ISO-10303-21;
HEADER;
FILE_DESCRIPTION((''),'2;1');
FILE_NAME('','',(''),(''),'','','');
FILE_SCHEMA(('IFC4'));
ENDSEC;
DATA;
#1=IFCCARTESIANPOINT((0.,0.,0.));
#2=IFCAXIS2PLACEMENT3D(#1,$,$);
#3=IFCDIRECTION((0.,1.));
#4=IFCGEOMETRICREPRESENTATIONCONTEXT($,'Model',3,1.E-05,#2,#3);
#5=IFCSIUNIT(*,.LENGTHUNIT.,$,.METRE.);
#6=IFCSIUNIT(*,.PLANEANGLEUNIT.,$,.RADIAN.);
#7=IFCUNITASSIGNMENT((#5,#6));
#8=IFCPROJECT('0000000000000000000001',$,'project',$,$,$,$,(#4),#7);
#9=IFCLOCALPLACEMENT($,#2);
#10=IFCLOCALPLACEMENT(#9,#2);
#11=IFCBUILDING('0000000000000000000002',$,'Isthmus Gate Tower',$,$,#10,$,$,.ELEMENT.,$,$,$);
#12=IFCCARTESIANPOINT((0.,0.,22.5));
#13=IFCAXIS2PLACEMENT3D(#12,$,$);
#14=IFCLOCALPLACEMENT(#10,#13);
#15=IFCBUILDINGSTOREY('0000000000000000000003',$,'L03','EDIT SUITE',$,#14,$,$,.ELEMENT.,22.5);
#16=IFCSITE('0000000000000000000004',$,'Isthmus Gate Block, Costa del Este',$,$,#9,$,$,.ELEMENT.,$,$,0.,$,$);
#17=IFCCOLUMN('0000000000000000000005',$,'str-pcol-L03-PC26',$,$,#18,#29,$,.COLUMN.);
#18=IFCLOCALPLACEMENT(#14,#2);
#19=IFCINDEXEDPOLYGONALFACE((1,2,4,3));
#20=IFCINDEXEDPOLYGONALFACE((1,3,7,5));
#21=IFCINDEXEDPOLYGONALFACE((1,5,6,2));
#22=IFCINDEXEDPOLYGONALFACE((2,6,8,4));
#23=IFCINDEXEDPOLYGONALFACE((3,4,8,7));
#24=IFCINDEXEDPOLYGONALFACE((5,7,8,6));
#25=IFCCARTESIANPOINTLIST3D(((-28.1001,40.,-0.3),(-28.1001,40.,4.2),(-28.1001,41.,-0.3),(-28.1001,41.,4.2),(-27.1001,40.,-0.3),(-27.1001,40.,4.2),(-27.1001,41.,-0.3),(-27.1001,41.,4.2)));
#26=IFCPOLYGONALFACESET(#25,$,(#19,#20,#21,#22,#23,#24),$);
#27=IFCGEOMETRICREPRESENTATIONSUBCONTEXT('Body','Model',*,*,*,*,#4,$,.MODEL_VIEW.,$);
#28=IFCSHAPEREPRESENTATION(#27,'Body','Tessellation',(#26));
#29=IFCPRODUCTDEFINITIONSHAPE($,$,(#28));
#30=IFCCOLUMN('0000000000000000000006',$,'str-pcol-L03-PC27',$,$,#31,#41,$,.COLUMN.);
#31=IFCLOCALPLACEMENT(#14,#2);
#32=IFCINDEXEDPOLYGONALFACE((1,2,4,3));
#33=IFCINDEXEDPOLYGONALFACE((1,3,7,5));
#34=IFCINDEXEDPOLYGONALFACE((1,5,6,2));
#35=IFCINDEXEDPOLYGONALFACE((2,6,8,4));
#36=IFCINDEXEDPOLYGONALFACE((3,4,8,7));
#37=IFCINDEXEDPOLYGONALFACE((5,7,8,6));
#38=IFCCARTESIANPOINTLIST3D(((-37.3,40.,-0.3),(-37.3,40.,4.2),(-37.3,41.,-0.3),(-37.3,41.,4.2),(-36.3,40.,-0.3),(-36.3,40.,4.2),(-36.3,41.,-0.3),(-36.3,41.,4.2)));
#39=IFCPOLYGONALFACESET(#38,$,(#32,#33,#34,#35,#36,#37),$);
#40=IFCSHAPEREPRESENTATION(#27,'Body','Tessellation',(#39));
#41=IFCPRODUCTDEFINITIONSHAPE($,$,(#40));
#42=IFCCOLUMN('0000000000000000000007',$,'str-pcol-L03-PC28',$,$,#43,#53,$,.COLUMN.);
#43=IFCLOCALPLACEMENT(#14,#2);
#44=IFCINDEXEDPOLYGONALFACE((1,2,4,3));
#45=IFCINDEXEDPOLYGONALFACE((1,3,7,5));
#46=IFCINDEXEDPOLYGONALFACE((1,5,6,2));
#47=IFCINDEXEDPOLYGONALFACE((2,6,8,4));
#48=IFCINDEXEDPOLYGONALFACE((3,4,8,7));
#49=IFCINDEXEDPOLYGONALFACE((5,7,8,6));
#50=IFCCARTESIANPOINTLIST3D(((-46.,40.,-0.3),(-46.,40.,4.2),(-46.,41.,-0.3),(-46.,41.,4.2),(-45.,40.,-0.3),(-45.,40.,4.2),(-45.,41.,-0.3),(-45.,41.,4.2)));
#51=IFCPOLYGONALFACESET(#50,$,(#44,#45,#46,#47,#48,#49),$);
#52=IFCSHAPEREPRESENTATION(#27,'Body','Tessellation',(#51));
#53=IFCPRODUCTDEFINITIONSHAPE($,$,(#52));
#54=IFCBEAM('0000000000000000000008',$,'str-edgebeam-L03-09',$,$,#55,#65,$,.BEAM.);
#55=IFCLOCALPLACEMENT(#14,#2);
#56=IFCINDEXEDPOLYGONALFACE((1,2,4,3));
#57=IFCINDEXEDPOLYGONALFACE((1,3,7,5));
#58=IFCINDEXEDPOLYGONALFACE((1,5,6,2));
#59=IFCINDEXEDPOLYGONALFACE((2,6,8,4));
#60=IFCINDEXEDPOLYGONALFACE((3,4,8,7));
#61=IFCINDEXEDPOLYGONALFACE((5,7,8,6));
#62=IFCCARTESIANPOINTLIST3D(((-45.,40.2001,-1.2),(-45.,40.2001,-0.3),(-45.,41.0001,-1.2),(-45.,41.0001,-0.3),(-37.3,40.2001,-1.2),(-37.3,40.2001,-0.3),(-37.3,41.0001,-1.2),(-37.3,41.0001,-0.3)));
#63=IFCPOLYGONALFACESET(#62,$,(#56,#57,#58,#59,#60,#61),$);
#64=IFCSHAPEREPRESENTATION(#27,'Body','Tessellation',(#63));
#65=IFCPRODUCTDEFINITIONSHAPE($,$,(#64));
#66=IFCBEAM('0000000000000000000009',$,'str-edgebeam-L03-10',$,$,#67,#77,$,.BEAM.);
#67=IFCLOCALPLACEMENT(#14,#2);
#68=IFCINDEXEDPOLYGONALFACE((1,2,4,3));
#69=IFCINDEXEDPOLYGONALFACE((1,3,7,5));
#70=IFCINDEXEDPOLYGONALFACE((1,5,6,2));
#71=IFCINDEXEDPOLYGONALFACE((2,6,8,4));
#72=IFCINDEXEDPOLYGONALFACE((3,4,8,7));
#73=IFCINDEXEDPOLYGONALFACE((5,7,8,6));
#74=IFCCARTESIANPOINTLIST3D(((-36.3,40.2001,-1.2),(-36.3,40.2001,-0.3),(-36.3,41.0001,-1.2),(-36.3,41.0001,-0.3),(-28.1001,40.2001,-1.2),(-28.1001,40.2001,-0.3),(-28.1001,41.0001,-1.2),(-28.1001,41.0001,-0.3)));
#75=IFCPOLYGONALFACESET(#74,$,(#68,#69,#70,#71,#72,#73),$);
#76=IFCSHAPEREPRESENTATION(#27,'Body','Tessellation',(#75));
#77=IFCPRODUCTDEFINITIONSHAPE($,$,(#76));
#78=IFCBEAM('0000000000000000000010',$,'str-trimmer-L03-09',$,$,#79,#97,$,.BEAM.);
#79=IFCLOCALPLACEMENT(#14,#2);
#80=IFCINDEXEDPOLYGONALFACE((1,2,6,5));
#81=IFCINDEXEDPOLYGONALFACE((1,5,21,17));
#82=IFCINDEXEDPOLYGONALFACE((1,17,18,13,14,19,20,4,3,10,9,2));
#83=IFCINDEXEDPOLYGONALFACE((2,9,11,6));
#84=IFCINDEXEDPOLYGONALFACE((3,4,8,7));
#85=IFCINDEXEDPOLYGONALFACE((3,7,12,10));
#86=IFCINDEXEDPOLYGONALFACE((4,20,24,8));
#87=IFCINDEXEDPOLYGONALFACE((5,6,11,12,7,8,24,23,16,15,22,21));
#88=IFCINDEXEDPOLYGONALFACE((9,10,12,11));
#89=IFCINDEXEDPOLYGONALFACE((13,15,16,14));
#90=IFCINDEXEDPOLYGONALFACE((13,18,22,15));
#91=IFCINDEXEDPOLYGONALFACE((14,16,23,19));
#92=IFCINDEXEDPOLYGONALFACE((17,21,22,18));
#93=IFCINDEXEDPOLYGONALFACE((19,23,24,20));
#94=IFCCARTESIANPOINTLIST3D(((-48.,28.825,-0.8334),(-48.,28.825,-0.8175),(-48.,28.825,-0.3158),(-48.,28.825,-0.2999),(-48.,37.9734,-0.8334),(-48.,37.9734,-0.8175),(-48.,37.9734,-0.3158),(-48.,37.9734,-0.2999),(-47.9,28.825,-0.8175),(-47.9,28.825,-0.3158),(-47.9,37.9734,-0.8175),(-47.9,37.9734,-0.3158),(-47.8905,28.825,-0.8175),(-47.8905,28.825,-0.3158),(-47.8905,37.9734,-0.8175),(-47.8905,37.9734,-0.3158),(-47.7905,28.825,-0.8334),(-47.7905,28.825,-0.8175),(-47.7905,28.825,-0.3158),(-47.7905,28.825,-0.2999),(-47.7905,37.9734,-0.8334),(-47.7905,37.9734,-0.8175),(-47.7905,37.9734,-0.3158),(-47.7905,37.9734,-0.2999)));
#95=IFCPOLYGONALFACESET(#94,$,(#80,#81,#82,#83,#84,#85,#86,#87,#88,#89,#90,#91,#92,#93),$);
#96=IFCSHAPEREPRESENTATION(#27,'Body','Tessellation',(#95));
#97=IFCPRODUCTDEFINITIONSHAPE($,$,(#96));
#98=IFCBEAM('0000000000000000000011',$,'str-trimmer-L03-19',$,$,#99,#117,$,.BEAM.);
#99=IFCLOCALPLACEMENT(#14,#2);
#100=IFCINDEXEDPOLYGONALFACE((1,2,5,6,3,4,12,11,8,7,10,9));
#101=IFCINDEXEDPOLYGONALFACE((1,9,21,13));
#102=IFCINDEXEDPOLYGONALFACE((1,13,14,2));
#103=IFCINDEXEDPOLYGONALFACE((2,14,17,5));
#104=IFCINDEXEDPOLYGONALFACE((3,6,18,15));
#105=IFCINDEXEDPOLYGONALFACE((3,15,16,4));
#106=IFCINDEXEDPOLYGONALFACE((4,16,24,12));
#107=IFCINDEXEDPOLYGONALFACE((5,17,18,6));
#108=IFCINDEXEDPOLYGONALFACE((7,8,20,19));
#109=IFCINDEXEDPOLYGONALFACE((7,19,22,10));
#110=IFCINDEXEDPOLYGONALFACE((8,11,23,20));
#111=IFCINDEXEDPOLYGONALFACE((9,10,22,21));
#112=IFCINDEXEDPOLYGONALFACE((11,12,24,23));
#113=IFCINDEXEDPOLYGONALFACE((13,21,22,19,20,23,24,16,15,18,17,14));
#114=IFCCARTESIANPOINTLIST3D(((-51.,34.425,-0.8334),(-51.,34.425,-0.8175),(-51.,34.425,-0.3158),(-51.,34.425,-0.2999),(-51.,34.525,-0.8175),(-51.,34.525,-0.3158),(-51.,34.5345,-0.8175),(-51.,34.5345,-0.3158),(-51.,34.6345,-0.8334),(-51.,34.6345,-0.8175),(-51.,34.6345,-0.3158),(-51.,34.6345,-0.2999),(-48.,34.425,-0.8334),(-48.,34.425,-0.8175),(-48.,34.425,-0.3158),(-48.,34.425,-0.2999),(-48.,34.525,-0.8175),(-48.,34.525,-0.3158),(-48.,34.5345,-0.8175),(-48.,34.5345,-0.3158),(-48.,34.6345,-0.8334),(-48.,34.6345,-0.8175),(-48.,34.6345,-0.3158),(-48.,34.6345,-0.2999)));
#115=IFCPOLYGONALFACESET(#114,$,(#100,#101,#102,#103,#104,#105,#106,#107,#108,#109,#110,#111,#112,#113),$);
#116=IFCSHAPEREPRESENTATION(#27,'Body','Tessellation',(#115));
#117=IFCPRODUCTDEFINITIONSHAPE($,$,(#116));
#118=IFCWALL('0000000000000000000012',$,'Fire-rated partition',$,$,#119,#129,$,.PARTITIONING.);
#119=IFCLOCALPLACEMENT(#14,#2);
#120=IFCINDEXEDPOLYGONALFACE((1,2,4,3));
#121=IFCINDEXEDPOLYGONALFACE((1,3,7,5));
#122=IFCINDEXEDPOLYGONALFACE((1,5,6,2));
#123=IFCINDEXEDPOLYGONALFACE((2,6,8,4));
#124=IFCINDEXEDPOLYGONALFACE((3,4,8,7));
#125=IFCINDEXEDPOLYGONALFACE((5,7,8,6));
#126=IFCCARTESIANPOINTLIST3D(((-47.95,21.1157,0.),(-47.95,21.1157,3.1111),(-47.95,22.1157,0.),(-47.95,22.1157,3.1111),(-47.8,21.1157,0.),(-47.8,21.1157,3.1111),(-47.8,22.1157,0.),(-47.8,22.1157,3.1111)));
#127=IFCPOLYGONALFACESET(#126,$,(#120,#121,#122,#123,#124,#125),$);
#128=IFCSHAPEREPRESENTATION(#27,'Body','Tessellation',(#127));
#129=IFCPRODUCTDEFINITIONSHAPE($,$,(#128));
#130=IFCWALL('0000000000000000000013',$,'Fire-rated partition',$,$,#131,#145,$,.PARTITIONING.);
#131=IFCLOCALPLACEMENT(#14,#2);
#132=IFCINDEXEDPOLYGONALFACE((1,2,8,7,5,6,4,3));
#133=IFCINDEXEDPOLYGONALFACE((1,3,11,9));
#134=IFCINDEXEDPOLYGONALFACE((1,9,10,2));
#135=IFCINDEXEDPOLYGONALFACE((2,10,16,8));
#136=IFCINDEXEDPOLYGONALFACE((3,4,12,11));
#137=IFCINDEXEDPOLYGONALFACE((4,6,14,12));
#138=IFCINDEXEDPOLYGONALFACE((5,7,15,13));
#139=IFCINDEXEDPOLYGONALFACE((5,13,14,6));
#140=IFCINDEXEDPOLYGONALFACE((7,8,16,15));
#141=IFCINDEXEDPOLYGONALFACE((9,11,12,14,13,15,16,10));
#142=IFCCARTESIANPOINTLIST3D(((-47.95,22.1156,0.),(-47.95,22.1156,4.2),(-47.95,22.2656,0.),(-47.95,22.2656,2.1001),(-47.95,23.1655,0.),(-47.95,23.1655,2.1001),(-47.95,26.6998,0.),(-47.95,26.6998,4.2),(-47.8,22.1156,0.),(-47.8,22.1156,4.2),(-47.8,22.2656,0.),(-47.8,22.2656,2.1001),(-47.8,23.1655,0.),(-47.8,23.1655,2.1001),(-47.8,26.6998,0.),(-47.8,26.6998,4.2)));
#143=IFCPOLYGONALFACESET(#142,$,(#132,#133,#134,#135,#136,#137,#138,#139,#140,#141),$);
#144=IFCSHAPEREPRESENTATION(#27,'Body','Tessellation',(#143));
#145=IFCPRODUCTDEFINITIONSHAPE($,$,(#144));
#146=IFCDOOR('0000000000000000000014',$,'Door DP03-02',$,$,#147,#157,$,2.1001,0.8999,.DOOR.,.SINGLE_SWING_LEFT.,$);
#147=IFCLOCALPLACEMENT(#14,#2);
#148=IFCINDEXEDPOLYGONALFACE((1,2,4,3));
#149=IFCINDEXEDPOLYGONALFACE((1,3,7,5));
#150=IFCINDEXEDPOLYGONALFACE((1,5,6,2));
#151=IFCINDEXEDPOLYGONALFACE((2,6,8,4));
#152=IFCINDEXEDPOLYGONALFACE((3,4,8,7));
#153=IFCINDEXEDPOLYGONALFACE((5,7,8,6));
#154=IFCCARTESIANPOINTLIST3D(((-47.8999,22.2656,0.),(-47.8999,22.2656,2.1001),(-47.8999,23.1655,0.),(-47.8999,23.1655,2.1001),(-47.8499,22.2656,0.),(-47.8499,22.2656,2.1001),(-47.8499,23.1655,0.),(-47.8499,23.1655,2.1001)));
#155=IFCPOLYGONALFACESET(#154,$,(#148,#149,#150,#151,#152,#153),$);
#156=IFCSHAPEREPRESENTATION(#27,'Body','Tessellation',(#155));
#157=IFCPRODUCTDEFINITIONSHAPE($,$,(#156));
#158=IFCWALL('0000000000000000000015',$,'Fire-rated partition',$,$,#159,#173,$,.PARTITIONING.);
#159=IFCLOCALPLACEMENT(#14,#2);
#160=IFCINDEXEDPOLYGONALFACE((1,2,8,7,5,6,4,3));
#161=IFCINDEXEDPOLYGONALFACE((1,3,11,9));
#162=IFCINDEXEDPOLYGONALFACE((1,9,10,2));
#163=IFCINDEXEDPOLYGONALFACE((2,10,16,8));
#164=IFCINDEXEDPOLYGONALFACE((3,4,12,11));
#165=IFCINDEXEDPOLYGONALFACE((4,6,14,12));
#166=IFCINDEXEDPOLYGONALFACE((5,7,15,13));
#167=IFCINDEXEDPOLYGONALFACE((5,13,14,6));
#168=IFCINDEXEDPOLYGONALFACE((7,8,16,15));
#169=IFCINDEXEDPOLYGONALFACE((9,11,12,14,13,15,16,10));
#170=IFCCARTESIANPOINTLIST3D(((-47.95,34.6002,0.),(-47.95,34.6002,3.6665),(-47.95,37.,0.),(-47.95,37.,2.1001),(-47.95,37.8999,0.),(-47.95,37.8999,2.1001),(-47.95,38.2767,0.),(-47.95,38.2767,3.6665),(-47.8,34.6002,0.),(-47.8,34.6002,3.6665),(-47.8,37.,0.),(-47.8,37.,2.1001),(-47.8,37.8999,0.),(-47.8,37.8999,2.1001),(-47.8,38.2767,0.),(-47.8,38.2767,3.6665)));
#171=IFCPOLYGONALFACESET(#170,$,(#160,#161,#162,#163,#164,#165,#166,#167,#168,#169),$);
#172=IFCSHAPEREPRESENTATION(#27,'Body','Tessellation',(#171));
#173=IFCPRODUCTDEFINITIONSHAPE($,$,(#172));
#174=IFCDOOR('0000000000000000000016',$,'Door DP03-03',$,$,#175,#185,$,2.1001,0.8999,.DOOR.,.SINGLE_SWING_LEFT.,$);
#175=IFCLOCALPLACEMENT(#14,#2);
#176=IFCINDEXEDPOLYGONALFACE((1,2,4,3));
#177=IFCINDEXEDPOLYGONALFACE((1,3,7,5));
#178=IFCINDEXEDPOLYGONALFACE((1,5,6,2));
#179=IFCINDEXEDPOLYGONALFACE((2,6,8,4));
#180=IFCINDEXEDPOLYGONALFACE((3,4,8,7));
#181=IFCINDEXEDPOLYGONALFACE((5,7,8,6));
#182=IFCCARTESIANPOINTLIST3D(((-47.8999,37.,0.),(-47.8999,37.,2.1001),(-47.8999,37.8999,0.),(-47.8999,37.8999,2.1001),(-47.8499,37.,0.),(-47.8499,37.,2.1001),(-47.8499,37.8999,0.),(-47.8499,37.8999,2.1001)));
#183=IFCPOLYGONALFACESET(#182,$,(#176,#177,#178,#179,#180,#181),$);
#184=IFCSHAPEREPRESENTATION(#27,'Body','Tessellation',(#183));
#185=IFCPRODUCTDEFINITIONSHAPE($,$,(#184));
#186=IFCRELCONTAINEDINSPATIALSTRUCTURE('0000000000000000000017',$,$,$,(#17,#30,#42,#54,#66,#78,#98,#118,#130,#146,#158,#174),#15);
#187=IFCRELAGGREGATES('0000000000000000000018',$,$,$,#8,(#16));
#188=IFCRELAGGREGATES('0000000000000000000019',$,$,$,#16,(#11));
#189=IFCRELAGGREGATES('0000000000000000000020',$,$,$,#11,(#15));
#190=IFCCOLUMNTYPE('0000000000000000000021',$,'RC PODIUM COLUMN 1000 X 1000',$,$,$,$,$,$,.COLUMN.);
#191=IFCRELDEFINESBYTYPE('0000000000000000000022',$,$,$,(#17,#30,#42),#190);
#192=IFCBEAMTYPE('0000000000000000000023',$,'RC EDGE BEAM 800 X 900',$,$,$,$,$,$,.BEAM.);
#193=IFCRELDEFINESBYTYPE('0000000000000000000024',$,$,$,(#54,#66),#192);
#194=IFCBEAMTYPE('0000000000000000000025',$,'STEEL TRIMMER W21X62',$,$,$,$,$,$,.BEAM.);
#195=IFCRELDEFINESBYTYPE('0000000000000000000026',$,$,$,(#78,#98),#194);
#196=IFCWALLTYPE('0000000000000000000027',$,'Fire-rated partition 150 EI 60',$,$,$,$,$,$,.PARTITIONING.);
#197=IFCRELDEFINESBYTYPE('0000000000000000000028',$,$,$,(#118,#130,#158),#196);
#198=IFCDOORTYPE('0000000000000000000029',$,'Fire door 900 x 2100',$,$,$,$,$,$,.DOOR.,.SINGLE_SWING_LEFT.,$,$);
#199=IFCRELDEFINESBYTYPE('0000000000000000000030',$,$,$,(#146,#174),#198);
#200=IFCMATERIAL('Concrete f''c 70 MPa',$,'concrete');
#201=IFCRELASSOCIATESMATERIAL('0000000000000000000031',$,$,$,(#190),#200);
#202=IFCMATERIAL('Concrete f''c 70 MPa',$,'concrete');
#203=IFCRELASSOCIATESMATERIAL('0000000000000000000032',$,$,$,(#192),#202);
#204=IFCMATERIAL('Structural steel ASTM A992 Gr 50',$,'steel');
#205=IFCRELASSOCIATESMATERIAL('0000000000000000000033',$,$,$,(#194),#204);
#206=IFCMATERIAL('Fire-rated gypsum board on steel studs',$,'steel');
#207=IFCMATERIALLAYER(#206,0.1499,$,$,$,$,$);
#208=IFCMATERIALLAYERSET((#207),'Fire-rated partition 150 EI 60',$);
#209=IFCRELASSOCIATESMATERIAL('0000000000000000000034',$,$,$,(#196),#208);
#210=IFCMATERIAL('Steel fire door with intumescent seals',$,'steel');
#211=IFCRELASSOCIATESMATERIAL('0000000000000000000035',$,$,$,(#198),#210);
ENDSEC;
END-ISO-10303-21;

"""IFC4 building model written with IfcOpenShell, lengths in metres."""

from ifc_helpers import new_model, si_unit, direction, frame, frame_2d, origin, origin_2d, place, context, subcontext, project, spatial, rectangle, i_section, extrude, material, layer, layer_set, material_profile, profile_set, type_object, element, fill, save


model = new_model("IFC4")

# Units and contexts
model_context = context("Model", 3, precision=1e-05, world=origin(), true_north=direction((0.0, 1.0)))
body_context = subcontext(model_context, "Body", "Model", "MODEL_VIEW")
ifc_project = project(units=[si_unit("LENGTHUNIT", "METRE"), si_unit("PLANEANGLEUNIT", "RADIAN")], contexts=[model_context])

# Site, building, storey
site_placement = place(None, origin())
site = spatial("IfcSite", under=ifc_project, at=site_placement, Name="Isthmus Gate Block, Costa del Este", CompositionType="ELEMENT", RefElevation=0.0)
building_placement = place(site_placement, origin())
building = spatial("IfcBuilding", under=site, at=building_placement, Name="Isthmus Gate Tower", CompositionType="ELEMENT")
storey_placement = place(building_placement, frame((0.0, 0.0, 22.5)))
storey = spatial("IfcBuildingStorey", under=building, at=storey_placement, Name="L03", Description="EDIT SUITE", CompositionType="ELEMENT", Elevation=22.5)

# Columns
ifc_material_1 = material(Name="Concrete f'c 70 MPa", Category="concrete")
ifc_material_profile_1 = material_profile(ifc_material_1, rectangle(XDim=1.0, YDim=1.0, at=origin_2d()), Name="RC 1000X1000")
ifc_profile_set_1 = profile_set([ifc_material_profile_1], Name="Concrete f'c 70 MPa")
column_type = type_object("IfcColumnType", Name="RC PODIUM COLUMN 1000 X 1000", PredefinedType="COLUMN", material=ifc_profile_set_1)
for number, where, z_axis, x_axis, name in (
    (1, (-27.6001, 40.5, -0.3), (0.0, 0.0, 1.0), (-1.0, 0.0, 0.0), "str-pcol-L03-PC26"),
    (2, (-36.8, 40.5, -0.3), (0.0, 0.0, 1.0), (-1.0, 0.0, 0.0), "str-pcol-L03-PC27"),
    (3, (-45.5, 40.5, -0.3), (0.0, 0.0, 1.0), (-1.0, 0.0, 0.0), "str-pcol-L03-PC28"),
):
    element("IfcColumn", number, at=place(storey_placement, frame(where, z_axis=z_axis, x_axis=x_axis)), inside=storey, type_object=column_type, Name=name, PredefinedType="COLUMN", context=body_context, shape_type="SweptSolid", body=[
        extrude(rectangle(XDim=1.0, YDim=1.0, at=origin_2d()), origin(), (0.0, 0.0, 1.0), 4.5),
    ])

# Beams
ifc_material_2 = material(Name="Concrete f'c 70 MPa", Category="concrete")
ifc_material_profile_2 = material_profile(ifc_material_2, rectangle(XDim=0.8, YDim=0.8999, at=origin_2d()), Name="RC 800X900")
ifc_profile_set_2 = profile_set([ifc_material_profile_2], Name="Concrete f'c 70 MPa")
beam_type_1 = type_object("IfcBeamType", Name="RC EDGE BEAM 800 X 900", PredefinedType="BEAM", material=ifc_profile_set_2)
beam_1_placement = place(storey_placement, frame((-45.0, 40.6001, -0.75), z_axis=(1.0, 0.0, 0.0), x_axis=(0.0, 1.0, 0.0)))
element("IfcBeam", 4, at=beam_1_placement, inside=storey, type_object=beam_type_1, Name="str-edgebeam-L03-09", PredefinedType="BEAM", context=body_context, shape_type="SweptSolid", body=[
    extrude(rectangle(XDim=0.8, YDim=0.8999, at=origin_2d()), origin(), (0.0, 0.0, 1.0), 7.7),
])
beam_2_placement = place(storey_placement, frame((-36.3, 40.6001, -0.75), z_axis=(1.0, 0.0, 0.0), x_axis=(0.0, 1.0, 0.0)))
element("IfcBeam", 5, at=beam_2_placement, inside=storey, type_object=beam_type_1, Name="str-edgebeam-L03-10", PredefinedType="BEAM", context=body_context, shape_type="SweptSolid", body=[
    extrude(rectangle(XDim=0.8, YDim=0.8999, at=origin_2d()), origin(), (0.0, 0.0, 1.0), 8.2),
])
ifc_material_3 = material(Name="Structural steel ASTM A992 Gr 50", Category="steel")
ifc_material_profile_3 = material_profile(ifc_material_3, i_section(OverallWidth=0.2095, OverallDepth=0.5334, WebThickness=0.0095, FlangeThickness=0.0159, at=origin_2d()), Name="W21X62")
ifc_profile_set_3 = profile_set([ifc_material_profile_3], Name="Structural steel ASTM A992 Gr 50")
beam_type_2 = type_object("IfcBeamType", Name="STEEL TRIMMER W21X62", PredefinedType="BEAM", material=ifc_profile_set_3)
beam_3_placement = place(storey_placement, frame((-47.8953, 28.825, -0.5667), z_axis=(0.0, 1.0, 0.0), x_axis=(-1.0, 0.0, 0.0)))
element("IfcBeam", 6, at=beam_3_placement, inside=storey, type_object=beam_type_2, Name="str-trimmer-L03-09", PredefinedType="BEAM", context=body_context, shape_type="SweptSolid", body=[
    extrude(i_section(OverallWidth=0.2095, OverallDepth=0.5334, WebThickness=0.0095, FlangeThickness=0.0159, at=origin_2d()), origin(), (0.0, 0.0, 1.0), 9.1484),
])
beam_4_placement = place(storey_placement, frame((-48.0, 34.5298, -0.5667), z_axis=(-1.0, 0.0, 0.0), x_axis=(0.0, -1.0, 0.0)))
element("IfcBeam", 7, at=beam_4_placement, inside=storey, type_object=beam_type_2, Name="str-trimmer-L03-19", PredefinedType="BEAM", context=body_context, shape_type="SweptSolid", body=[
    extrude(i_section(OverallWidth=0.2095, OverallDepth=0.5334, WebThickness=0.0095, FlangeThickness=0.0159, at=origin_2d()), origin(), (0.0, 0.0, 1.0), 3.0),
])

# Wall
ifc_material_4 = material(Name="Fire-rated gypsum board on steel studs", Category="steel")
ifc_layer_1 = layer(ifc_material_4, 0.1499)
ifc_layer_set_1 = layer_set([ifc_layer_1], Name="Fire-rated partition 150 EI 60")
wall_type_1 = type_object("IfcWallType", Name="Fire-rated partition 150 EI 60", PredefinedType="PARTITIONING", material=ifc_layer_set_1)
wall_1_placement = place(storey_placement, frame((-47.875, 21.1157, 0.0), z_axis=(0.0, 0.0, 1.0), x_axis=(0.0, 1.0, 0.0)))
element("IfcWall", 8, at=wall_1_placement, inside=storey, type_object=wall_type_1, Name="Fire-rated partition", PredefinedType="PARTITIONING", context=body_context, shape_type="SweptSolid", body=[
    extrude(rectangle(XDim=1.0, YDim=0.1499, at=frame_2d((0.5, 0.0))), origin(), (0.0, 0.0, 1.0), 3.1111),
])

# Walls, openings, doors
wall_2_placement = place(storey_placement, frame((-47.875, 22.1157, 0.0), z_axis=(0.0, 0.0, 1.0), x_axis=(0.0, 1.0, 0.0)))
wall_2 = element("IfcWall", 9, at=wall_2_placement, inside=storey, type_object=wall_type_1, Name="Fire-rated partition", PredefinedType="PARTITIONING", context=body_context, shape_type="SweptSolid", body=[
    extrude(rectangle(XDim=4.5842, YDim=0.1499, at=frame_2d((2.292, 0.0))), origin(), (0.0, 0.0, 1.0), 4.2),
])
opening_1_placement = place(wall_2_placement, frame((0.1499, 0.0, 0.0)))
opening_1 = element("IfcOpeningElement", 10, at=opening_1_placement, cuts=wall_2, PredefinedType="OPENING", context=body_context, shape_type="SweptSolid", body=[
    extrude(rectangle(XDim=0.8999, YDim=2.1001, at=frame_2d((0.45, 1.05))), frame((0.0, 0.085, 0.0), z_axis=(0.0, -1.0, 0.0), x_axis=(1.0, 0.0, 0.0)), (0.0, 0.0, 1.0), 0.1699),
])
ifc_material_5 = material(Name="Steel fire door with intumescent seals", Category="steel")
door_type_1 = type_object("IfcDoorType", Name="Fire door 900 x 2100", OperationType="SINGLE_SWING_LEFT", PredefinedType="DOOR", material=ifc_material_5)
door_1_placement = place(opening_1_placement, origin())
door_1 = element("IfcDoor", 11, at=door_1_placement, inside=storey, type_object=door_type_1, Name="Door DP03-02", OperationType="SINGLE_SWING_LEFT", OverallHeight=2.1001, OverallWidth=0.8999, PredefinedType="DOOR", context=body_context, shape_type="SweptSolid", body=[
    extrude(rectangle(XDim=0.8999, YDim=2.1001, at=frame_2d((0.45, 1.05))), frame((0.0, 0.0249, 0.0), z_axis=(0.0, -1.0, 0.0), x_axis=(1.0, 0.0, 0.0)), (0.0, 0.0, 1.0), 0.05),
])
fill(opening_1, door_1)
wall_3_placement = place(storey_placement, frame((-47.875, 34.6001, 0.0), z_axis=(0.0, 0.0, 1.0), x_axis=(0.0, 1.0, 0.0)))
wall_3 = element("IfcWall", 12, at=wall_3_placement, inside=storey, type_object=wall_type_1, Name="Fire-rated partition", PredefinedType="PARTITIONING", context=body_context, shape_type="SweptSolid", body=[
    extrude(rectangle(XDim=3.6765, YDim=0.1499, at=frame_2d((1.8384, 0.0))), origin(), (0.0, 0.0, 1.0), 3.6665),
])
opening_2_placement = place(wall_3_placement, frame((2.3999, 0.0, 0.0)))
opening_2 = element("IfcOpeningElement", 13, at=opening_2_placement, cuts=wall_3, PredefinedType="OPENING", context=body_context, shape_type="SweptSolid", body=[
    extrude(rectangle(XDim=0.8999, YDim=2.1001, at=frame_2d((0.45, 1.05))), frame((0.0, 0.085, 0.0), z_axis=(0.0, -1.0, 0.0), x_axis=(1.0, 0.0, 0.0)), (0.0, 0.0, 1.0), 0.1699),
])
door_2_placement = place(opening_2_placement, origin())
door_2 = element("IfcDoor", 14, at=door_2_placement, inside=storey, type_object=door_type_1, Name="Door DP03-03", OperationType="SINGLE_SWING_LEFT", OverallHeight=2.1001, OverallWidth=0.8999, PredefinedType="DOOR", context=body_context, shape_type="SweptSolid", body=[
    extrude(rectangle(XDim=0.8999, YDim=2.1001, at=frame_2d((0.45, 1.05))), frame((0.0, 0.0249, 0.0), z_axis=(0.0, -1.0, 0.0), x_axis=(1.0, 0.0, 0.0)), (0.0, 0.0, 1.0), 0.05),
])
fill(opening_2, door_2)

save(model, "model.ifc")
